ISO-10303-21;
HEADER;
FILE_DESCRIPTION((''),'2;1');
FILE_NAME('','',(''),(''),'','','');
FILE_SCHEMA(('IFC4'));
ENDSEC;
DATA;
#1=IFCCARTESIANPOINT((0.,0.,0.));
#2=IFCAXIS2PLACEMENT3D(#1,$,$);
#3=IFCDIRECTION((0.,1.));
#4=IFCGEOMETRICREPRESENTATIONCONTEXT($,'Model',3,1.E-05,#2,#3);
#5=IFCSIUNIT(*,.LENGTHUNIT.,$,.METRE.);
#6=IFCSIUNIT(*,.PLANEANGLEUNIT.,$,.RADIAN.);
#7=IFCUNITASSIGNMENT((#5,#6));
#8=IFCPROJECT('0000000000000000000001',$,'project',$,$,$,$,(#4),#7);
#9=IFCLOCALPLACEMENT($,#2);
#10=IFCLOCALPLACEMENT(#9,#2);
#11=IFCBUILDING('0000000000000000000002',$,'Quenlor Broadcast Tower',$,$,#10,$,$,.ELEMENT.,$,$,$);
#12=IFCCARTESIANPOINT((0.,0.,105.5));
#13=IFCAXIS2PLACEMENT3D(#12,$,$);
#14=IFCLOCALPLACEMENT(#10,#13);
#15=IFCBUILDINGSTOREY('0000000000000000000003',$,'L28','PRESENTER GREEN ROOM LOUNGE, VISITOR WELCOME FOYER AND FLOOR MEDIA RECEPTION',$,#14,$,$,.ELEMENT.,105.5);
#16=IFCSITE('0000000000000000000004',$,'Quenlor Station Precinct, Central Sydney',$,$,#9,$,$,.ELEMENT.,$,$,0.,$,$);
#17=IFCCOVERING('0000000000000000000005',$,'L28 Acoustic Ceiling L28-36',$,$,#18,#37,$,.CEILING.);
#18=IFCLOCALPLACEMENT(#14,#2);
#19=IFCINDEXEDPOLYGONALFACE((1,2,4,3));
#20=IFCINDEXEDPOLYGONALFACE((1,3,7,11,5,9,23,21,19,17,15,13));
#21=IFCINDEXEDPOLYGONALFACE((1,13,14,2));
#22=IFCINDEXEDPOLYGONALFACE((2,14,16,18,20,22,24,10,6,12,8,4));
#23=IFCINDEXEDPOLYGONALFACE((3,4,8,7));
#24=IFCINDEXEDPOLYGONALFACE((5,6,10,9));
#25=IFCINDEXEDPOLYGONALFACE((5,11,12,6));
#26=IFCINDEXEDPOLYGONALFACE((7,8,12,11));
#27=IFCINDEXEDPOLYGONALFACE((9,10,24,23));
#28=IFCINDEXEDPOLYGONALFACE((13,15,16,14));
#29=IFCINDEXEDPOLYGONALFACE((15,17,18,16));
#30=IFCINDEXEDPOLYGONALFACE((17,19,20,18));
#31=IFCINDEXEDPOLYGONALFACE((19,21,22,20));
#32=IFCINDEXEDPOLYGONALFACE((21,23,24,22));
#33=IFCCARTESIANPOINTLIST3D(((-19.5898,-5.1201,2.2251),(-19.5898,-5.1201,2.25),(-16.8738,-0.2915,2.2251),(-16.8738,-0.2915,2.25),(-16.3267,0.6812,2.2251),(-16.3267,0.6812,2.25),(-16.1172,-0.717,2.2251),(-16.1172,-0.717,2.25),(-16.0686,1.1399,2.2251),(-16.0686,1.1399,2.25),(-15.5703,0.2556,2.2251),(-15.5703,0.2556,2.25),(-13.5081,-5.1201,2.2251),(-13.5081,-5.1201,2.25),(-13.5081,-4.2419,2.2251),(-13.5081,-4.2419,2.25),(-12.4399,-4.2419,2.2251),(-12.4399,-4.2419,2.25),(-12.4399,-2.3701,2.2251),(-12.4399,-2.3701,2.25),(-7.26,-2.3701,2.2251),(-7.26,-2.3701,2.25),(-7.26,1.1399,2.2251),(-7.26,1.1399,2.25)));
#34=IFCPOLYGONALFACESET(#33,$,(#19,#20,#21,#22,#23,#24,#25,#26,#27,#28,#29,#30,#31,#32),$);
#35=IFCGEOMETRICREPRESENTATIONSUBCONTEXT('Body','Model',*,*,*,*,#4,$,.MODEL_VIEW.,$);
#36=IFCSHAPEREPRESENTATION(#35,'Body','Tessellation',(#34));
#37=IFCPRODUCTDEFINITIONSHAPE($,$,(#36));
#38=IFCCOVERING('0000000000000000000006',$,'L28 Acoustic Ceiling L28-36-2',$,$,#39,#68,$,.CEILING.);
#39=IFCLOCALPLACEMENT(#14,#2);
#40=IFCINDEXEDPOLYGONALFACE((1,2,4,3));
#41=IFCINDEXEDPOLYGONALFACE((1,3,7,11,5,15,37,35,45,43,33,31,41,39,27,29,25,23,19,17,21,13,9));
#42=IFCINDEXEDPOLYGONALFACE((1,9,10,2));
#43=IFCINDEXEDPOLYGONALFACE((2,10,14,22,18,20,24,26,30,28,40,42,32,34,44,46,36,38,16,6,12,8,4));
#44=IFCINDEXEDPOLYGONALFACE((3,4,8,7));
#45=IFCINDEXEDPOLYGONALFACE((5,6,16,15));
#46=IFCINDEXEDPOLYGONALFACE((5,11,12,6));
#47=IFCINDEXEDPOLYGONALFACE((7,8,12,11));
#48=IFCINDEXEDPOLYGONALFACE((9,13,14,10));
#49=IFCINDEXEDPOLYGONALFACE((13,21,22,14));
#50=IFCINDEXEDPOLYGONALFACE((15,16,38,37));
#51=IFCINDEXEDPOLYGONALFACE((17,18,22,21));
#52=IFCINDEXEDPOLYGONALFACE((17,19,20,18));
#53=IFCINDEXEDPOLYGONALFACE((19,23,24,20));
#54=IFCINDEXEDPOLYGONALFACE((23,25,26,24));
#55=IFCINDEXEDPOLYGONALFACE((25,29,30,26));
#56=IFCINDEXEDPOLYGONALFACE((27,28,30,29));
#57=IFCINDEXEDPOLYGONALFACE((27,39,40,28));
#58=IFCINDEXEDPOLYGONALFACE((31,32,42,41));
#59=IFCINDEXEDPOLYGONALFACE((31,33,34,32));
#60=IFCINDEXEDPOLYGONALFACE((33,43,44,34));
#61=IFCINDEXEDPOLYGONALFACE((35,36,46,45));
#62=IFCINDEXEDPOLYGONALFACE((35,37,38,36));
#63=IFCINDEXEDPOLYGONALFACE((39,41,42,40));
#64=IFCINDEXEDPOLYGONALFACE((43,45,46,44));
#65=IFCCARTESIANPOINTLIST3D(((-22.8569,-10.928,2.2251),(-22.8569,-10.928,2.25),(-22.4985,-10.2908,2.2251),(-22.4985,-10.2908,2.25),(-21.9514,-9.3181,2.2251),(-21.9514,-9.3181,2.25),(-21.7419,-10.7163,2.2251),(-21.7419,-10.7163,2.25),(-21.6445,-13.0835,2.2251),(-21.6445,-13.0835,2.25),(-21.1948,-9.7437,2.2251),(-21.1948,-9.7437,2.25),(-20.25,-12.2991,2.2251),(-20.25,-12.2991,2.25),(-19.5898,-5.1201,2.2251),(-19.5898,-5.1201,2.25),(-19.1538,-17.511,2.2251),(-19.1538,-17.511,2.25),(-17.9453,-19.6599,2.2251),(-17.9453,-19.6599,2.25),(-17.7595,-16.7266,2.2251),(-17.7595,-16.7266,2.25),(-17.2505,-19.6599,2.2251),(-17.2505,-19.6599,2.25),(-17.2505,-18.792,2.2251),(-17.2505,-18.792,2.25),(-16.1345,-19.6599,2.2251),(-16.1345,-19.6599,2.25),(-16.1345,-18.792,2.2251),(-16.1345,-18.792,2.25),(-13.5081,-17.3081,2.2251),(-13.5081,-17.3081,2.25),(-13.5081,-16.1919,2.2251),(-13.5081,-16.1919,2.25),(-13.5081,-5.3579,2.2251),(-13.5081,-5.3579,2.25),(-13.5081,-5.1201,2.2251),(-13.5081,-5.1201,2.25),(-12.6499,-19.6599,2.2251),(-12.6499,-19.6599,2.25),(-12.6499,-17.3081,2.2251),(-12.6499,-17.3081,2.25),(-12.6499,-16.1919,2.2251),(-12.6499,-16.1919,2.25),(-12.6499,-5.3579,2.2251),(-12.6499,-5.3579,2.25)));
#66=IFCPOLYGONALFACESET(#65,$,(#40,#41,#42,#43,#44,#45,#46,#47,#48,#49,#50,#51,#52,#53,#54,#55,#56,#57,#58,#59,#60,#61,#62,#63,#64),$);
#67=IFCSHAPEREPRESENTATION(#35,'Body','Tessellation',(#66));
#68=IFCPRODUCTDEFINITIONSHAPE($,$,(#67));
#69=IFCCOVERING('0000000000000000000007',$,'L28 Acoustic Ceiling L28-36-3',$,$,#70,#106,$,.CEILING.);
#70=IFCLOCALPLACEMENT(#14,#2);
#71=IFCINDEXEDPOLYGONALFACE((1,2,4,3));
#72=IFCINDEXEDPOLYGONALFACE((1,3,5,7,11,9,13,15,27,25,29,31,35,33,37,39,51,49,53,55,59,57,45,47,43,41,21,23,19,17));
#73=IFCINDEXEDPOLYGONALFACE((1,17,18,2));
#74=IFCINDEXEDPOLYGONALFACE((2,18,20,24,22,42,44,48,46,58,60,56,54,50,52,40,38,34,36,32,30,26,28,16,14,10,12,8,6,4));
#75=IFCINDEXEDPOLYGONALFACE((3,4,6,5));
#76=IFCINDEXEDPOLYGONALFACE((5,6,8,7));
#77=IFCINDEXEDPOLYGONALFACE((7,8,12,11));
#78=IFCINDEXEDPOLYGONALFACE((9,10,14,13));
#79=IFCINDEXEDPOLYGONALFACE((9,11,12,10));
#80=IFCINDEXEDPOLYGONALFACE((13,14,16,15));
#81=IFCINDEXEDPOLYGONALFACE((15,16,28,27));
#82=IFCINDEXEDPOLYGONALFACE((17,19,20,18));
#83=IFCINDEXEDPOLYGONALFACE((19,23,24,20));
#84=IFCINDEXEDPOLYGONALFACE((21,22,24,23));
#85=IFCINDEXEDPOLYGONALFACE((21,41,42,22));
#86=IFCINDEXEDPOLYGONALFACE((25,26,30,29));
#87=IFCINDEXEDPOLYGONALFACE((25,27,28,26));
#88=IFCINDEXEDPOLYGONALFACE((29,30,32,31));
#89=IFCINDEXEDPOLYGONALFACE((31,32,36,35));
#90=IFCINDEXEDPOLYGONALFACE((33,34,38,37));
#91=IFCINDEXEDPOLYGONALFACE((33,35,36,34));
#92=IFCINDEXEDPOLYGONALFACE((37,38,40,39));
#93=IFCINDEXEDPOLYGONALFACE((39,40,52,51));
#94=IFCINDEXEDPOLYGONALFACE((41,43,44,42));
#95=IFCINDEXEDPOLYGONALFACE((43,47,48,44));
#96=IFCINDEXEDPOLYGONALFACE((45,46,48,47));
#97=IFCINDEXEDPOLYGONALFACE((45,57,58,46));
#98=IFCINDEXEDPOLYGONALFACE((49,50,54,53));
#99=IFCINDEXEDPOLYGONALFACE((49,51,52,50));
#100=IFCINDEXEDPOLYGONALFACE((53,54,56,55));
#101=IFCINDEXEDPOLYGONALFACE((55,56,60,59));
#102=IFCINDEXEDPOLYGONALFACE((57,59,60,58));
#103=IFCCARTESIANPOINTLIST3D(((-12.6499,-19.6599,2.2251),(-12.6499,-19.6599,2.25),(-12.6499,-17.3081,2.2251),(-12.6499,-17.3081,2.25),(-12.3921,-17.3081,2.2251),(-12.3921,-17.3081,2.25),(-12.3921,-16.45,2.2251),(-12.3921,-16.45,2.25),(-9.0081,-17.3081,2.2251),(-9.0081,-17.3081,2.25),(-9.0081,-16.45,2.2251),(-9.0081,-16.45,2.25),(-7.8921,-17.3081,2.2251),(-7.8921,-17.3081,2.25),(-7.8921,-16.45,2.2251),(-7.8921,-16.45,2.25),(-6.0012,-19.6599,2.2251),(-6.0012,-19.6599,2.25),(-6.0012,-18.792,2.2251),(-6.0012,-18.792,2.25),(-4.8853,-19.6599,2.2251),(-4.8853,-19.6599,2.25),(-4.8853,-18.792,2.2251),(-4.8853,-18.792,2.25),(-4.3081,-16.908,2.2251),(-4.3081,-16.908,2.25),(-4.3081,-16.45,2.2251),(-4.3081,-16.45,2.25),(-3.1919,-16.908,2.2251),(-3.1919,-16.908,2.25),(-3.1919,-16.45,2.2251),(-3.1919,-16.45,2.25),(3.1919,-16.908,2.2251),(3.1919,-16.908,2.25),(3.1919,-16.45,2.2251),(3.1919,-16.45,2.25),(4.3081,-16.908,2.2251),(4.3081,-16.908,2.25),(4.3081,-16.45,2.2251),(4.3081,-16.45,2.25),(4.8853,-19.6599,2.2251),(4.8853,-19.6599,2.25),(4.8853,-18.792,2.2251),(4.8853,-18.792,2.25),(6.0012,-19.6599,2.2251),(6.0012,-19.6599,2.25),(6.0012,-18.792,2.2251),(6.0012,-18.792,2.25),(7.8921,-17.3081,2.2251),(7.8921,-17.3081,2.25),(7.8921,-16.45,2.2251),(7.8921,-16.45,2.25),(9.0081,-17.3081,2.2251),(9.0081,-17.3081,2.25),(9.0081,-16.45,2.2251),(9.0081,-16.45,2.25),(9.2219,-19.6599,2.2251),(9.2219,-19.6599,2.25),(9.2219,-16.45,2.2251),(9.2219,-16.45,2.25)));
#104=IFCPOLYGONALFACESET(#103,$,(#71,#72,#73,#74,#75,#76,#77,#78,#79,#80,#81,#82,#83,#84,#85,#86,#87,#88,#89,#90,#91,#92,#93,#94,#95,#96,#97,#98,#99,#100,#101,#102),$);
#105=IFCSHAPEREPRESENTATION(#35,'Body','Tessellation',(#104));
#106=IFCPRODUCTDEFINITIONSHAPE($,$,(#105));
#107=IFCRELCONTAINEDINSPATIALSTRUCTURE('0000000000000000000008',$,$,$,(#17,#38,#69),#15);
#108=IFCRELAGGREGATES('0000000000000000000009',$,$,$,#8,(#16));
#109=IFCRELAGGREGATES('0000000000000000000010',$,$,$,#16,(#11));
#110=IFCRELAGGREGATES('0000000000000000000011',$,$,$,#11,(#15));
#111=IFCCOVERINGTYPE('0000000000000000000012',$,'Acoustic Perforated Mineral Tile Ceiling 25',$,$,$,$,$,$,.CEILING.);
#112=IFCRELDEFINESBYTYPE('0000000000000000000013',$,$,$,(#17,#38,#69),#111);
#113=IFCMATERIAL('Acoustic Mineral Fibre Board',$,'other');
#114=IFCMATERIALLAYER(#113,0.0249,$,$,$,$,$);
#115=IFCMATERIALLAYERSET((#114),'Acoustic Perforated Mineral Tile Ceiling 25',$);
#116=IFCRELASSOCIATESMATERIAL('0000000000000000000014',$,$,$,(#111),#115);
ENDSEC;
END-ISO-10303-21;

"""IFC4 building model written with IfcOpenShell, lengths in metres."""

from ifc_helpers import new_model, si_unit, direction, frame, origin, place, context, subcontext, project, spatial, polyline, outline, extrude, material, layer, layer_set, type_object, element, save


model = new_model("IFC4")

# Units and contexts
model_context = context("Model", 3, precision=1e-05, world=origin(), true_north=direction((0.0, 1.0)))
body_context = subcontext(model_context, "Body", "Model", "MODEL_VIEW")
ifc_project = project(units=[si_unit("LENGTHUNIT", "METRE"), si_unit("PLANEANGLEUNIT", "RADIAN")], contexts=[model_context])

# Site, building, storey
site_placement = place(None, origin())
site = spatial("IfcSite", under=ifc_project, at=site_placement, Name="Quenlor Station Precinct, Central Sydney", CompositionType="ELEMENT", RefElevation=0.0)
building_placement = place(site_placement, origin())
building = spatial("IfcBuilding", under=site, at=building_placement, Name="Quenlor Broadcast Tower", CompositionType="ELEMENT")
storey_placement = place(building_placement, frame((0.0, 0.0, 105.5)))
storey = spatial("IfcBuildingStorey", under=building, at=storey_placement, Name="L28", Description="PRESENTER GREEN ROOM LOUNGE, VISITOR WELCOME FOYER AND FLOOR MEDIA RECEPTION", CompositionType="ELEMENT", Elevation=105.5)

# Coverings
ifc_material_1 = material(Name="Acoustic Mineral Fibre Board", Category="other")
ifc_layer_1 = layer(ifc_material_1, 0.0249)
ifc_layer_set_1 = layer_set([ifc_layer_1], Name="Acoustic Perforated Mineral Tile Ceiling 25")
covering_type = type_object("IfcCoveringType", Name="Acoustic Perforated Mineral Tile Ceiling 25", PredefinedType="CEILING", material=ifc_layer_set_1)
covering_1_placement = place(storey_placement, frame((0.0, 0.0, 2.2251)))
element("IfcCovering", 1, at=covering_1_placement, inside=storey, type_object=covering_type, Name="L28 Acoustic Ceiling L28-36", PredefinedType="CEILING", context=body_context, shape_type="SweptSolid", body=[
    extrude(outline(polyline([(-16.8738, -0.2915), (-16.1172, -0.717), (-15.5703, 0.2556), (-16.3267, 0.6812), (-16.0686, 1.1399), (-7.26, 1.1399), (-7.26, -2.3701), (-12.4399, -2.3701), (-12.4399, -4.2419), (-13.5081, -4.2419), (-13.5081, -5.1201), (-19.5898, -5.1201), (-16.8738, -0.2915)])), origin(), (0.0, 0.0, 1.0), 0.0249),
])
covering_2_placement = place(storey_placement, frame((0.0, 0.0, 2.2251)))
element("IfcCovering", 2, at=covering_2_placement, inside=storey, type_object=covering_type, Name="L28 Acoustic Ceiling L28-36-2", PredefinedType="CEILING", context=body_context, shape_type="SweptSolid", body=[
    extrude(outline(polyline([(-22.8569, -10.928), (-22.4985, -10.2908), (-21.7419, -10.7163), (-21.1948, -9.7437), (-21.9514, -9.3181), (-19.5898, -5.1201), (-13.5081, -5.1201), (-13.5081, -5.3579), (-12.6499, -5.3579), (-12.6499, -16.1919), (-13.5081, -16.1919), (-13.5081, -17.3081), (-12.6499, -17.3081), (-12.6499, -19.6599), (-16.1345, -19.6599), (-16.1345, -18.792), (-17.2505, -18.792), (-17.2505, -19.6599), (-17.9453, -19.6599), (-19.1538, -17.511), (-17.7595, -16.7266), (-20.25, -12.2991), (-21.6445, -13.0835), (-22.8569, -10.928)])), origin(), (0.0, 0.0, 1.0), 0.0249),
])
covering_3_placement = place(storey_placement, frame((0.0, 0.0, 2.2251)))
element("IfcCovering", 3, at=covering_3_placement, inside=storey, type_object=covering_type, Name="L28 Acoustic Ceiling L28-36-3", PredefinedType="CEILING", context=body_context, shape_type="SweptSolid", body=[
    extrude(outline(polyline([(-12.3921, -17.3081), (-12.3921, -16.45), (-9.0081, -16.45), (-9.0081, -17.3081), (-7.8921, -17.3081), (-7.8921, -16.45), (-4.3081, -16.45), (-4.3081, -16.908), (-3.1919, -16.908), (-3.1919, -16.45), (3.1919, -16.45), (3.1919, -16.908), (4.3081, -16.908), (4.3081, -16.45), (7.8921, -16.45), (7.8921, -17.3081), (9.0081, -17.3081), (9.0081, -16.45), (9.2219, -16.45), (9.2219, -19.6599), (6.0012, -19.6599), (6.0012, -18.792), (4.8853, -18.792), (4.8853, -19.6599), (-4.8853, -19.6599), (-4.8853, -18.792), (-6.0012, -18.792), (-6.0012, -19.6599), (-12.6499, -19.6599), (-12.6499, -17.3081), (-12.3921, -17.3081)])), origin(), (0.0, 0.0, 1.0), 0.0249),
])

save(model, "model.ifc")
